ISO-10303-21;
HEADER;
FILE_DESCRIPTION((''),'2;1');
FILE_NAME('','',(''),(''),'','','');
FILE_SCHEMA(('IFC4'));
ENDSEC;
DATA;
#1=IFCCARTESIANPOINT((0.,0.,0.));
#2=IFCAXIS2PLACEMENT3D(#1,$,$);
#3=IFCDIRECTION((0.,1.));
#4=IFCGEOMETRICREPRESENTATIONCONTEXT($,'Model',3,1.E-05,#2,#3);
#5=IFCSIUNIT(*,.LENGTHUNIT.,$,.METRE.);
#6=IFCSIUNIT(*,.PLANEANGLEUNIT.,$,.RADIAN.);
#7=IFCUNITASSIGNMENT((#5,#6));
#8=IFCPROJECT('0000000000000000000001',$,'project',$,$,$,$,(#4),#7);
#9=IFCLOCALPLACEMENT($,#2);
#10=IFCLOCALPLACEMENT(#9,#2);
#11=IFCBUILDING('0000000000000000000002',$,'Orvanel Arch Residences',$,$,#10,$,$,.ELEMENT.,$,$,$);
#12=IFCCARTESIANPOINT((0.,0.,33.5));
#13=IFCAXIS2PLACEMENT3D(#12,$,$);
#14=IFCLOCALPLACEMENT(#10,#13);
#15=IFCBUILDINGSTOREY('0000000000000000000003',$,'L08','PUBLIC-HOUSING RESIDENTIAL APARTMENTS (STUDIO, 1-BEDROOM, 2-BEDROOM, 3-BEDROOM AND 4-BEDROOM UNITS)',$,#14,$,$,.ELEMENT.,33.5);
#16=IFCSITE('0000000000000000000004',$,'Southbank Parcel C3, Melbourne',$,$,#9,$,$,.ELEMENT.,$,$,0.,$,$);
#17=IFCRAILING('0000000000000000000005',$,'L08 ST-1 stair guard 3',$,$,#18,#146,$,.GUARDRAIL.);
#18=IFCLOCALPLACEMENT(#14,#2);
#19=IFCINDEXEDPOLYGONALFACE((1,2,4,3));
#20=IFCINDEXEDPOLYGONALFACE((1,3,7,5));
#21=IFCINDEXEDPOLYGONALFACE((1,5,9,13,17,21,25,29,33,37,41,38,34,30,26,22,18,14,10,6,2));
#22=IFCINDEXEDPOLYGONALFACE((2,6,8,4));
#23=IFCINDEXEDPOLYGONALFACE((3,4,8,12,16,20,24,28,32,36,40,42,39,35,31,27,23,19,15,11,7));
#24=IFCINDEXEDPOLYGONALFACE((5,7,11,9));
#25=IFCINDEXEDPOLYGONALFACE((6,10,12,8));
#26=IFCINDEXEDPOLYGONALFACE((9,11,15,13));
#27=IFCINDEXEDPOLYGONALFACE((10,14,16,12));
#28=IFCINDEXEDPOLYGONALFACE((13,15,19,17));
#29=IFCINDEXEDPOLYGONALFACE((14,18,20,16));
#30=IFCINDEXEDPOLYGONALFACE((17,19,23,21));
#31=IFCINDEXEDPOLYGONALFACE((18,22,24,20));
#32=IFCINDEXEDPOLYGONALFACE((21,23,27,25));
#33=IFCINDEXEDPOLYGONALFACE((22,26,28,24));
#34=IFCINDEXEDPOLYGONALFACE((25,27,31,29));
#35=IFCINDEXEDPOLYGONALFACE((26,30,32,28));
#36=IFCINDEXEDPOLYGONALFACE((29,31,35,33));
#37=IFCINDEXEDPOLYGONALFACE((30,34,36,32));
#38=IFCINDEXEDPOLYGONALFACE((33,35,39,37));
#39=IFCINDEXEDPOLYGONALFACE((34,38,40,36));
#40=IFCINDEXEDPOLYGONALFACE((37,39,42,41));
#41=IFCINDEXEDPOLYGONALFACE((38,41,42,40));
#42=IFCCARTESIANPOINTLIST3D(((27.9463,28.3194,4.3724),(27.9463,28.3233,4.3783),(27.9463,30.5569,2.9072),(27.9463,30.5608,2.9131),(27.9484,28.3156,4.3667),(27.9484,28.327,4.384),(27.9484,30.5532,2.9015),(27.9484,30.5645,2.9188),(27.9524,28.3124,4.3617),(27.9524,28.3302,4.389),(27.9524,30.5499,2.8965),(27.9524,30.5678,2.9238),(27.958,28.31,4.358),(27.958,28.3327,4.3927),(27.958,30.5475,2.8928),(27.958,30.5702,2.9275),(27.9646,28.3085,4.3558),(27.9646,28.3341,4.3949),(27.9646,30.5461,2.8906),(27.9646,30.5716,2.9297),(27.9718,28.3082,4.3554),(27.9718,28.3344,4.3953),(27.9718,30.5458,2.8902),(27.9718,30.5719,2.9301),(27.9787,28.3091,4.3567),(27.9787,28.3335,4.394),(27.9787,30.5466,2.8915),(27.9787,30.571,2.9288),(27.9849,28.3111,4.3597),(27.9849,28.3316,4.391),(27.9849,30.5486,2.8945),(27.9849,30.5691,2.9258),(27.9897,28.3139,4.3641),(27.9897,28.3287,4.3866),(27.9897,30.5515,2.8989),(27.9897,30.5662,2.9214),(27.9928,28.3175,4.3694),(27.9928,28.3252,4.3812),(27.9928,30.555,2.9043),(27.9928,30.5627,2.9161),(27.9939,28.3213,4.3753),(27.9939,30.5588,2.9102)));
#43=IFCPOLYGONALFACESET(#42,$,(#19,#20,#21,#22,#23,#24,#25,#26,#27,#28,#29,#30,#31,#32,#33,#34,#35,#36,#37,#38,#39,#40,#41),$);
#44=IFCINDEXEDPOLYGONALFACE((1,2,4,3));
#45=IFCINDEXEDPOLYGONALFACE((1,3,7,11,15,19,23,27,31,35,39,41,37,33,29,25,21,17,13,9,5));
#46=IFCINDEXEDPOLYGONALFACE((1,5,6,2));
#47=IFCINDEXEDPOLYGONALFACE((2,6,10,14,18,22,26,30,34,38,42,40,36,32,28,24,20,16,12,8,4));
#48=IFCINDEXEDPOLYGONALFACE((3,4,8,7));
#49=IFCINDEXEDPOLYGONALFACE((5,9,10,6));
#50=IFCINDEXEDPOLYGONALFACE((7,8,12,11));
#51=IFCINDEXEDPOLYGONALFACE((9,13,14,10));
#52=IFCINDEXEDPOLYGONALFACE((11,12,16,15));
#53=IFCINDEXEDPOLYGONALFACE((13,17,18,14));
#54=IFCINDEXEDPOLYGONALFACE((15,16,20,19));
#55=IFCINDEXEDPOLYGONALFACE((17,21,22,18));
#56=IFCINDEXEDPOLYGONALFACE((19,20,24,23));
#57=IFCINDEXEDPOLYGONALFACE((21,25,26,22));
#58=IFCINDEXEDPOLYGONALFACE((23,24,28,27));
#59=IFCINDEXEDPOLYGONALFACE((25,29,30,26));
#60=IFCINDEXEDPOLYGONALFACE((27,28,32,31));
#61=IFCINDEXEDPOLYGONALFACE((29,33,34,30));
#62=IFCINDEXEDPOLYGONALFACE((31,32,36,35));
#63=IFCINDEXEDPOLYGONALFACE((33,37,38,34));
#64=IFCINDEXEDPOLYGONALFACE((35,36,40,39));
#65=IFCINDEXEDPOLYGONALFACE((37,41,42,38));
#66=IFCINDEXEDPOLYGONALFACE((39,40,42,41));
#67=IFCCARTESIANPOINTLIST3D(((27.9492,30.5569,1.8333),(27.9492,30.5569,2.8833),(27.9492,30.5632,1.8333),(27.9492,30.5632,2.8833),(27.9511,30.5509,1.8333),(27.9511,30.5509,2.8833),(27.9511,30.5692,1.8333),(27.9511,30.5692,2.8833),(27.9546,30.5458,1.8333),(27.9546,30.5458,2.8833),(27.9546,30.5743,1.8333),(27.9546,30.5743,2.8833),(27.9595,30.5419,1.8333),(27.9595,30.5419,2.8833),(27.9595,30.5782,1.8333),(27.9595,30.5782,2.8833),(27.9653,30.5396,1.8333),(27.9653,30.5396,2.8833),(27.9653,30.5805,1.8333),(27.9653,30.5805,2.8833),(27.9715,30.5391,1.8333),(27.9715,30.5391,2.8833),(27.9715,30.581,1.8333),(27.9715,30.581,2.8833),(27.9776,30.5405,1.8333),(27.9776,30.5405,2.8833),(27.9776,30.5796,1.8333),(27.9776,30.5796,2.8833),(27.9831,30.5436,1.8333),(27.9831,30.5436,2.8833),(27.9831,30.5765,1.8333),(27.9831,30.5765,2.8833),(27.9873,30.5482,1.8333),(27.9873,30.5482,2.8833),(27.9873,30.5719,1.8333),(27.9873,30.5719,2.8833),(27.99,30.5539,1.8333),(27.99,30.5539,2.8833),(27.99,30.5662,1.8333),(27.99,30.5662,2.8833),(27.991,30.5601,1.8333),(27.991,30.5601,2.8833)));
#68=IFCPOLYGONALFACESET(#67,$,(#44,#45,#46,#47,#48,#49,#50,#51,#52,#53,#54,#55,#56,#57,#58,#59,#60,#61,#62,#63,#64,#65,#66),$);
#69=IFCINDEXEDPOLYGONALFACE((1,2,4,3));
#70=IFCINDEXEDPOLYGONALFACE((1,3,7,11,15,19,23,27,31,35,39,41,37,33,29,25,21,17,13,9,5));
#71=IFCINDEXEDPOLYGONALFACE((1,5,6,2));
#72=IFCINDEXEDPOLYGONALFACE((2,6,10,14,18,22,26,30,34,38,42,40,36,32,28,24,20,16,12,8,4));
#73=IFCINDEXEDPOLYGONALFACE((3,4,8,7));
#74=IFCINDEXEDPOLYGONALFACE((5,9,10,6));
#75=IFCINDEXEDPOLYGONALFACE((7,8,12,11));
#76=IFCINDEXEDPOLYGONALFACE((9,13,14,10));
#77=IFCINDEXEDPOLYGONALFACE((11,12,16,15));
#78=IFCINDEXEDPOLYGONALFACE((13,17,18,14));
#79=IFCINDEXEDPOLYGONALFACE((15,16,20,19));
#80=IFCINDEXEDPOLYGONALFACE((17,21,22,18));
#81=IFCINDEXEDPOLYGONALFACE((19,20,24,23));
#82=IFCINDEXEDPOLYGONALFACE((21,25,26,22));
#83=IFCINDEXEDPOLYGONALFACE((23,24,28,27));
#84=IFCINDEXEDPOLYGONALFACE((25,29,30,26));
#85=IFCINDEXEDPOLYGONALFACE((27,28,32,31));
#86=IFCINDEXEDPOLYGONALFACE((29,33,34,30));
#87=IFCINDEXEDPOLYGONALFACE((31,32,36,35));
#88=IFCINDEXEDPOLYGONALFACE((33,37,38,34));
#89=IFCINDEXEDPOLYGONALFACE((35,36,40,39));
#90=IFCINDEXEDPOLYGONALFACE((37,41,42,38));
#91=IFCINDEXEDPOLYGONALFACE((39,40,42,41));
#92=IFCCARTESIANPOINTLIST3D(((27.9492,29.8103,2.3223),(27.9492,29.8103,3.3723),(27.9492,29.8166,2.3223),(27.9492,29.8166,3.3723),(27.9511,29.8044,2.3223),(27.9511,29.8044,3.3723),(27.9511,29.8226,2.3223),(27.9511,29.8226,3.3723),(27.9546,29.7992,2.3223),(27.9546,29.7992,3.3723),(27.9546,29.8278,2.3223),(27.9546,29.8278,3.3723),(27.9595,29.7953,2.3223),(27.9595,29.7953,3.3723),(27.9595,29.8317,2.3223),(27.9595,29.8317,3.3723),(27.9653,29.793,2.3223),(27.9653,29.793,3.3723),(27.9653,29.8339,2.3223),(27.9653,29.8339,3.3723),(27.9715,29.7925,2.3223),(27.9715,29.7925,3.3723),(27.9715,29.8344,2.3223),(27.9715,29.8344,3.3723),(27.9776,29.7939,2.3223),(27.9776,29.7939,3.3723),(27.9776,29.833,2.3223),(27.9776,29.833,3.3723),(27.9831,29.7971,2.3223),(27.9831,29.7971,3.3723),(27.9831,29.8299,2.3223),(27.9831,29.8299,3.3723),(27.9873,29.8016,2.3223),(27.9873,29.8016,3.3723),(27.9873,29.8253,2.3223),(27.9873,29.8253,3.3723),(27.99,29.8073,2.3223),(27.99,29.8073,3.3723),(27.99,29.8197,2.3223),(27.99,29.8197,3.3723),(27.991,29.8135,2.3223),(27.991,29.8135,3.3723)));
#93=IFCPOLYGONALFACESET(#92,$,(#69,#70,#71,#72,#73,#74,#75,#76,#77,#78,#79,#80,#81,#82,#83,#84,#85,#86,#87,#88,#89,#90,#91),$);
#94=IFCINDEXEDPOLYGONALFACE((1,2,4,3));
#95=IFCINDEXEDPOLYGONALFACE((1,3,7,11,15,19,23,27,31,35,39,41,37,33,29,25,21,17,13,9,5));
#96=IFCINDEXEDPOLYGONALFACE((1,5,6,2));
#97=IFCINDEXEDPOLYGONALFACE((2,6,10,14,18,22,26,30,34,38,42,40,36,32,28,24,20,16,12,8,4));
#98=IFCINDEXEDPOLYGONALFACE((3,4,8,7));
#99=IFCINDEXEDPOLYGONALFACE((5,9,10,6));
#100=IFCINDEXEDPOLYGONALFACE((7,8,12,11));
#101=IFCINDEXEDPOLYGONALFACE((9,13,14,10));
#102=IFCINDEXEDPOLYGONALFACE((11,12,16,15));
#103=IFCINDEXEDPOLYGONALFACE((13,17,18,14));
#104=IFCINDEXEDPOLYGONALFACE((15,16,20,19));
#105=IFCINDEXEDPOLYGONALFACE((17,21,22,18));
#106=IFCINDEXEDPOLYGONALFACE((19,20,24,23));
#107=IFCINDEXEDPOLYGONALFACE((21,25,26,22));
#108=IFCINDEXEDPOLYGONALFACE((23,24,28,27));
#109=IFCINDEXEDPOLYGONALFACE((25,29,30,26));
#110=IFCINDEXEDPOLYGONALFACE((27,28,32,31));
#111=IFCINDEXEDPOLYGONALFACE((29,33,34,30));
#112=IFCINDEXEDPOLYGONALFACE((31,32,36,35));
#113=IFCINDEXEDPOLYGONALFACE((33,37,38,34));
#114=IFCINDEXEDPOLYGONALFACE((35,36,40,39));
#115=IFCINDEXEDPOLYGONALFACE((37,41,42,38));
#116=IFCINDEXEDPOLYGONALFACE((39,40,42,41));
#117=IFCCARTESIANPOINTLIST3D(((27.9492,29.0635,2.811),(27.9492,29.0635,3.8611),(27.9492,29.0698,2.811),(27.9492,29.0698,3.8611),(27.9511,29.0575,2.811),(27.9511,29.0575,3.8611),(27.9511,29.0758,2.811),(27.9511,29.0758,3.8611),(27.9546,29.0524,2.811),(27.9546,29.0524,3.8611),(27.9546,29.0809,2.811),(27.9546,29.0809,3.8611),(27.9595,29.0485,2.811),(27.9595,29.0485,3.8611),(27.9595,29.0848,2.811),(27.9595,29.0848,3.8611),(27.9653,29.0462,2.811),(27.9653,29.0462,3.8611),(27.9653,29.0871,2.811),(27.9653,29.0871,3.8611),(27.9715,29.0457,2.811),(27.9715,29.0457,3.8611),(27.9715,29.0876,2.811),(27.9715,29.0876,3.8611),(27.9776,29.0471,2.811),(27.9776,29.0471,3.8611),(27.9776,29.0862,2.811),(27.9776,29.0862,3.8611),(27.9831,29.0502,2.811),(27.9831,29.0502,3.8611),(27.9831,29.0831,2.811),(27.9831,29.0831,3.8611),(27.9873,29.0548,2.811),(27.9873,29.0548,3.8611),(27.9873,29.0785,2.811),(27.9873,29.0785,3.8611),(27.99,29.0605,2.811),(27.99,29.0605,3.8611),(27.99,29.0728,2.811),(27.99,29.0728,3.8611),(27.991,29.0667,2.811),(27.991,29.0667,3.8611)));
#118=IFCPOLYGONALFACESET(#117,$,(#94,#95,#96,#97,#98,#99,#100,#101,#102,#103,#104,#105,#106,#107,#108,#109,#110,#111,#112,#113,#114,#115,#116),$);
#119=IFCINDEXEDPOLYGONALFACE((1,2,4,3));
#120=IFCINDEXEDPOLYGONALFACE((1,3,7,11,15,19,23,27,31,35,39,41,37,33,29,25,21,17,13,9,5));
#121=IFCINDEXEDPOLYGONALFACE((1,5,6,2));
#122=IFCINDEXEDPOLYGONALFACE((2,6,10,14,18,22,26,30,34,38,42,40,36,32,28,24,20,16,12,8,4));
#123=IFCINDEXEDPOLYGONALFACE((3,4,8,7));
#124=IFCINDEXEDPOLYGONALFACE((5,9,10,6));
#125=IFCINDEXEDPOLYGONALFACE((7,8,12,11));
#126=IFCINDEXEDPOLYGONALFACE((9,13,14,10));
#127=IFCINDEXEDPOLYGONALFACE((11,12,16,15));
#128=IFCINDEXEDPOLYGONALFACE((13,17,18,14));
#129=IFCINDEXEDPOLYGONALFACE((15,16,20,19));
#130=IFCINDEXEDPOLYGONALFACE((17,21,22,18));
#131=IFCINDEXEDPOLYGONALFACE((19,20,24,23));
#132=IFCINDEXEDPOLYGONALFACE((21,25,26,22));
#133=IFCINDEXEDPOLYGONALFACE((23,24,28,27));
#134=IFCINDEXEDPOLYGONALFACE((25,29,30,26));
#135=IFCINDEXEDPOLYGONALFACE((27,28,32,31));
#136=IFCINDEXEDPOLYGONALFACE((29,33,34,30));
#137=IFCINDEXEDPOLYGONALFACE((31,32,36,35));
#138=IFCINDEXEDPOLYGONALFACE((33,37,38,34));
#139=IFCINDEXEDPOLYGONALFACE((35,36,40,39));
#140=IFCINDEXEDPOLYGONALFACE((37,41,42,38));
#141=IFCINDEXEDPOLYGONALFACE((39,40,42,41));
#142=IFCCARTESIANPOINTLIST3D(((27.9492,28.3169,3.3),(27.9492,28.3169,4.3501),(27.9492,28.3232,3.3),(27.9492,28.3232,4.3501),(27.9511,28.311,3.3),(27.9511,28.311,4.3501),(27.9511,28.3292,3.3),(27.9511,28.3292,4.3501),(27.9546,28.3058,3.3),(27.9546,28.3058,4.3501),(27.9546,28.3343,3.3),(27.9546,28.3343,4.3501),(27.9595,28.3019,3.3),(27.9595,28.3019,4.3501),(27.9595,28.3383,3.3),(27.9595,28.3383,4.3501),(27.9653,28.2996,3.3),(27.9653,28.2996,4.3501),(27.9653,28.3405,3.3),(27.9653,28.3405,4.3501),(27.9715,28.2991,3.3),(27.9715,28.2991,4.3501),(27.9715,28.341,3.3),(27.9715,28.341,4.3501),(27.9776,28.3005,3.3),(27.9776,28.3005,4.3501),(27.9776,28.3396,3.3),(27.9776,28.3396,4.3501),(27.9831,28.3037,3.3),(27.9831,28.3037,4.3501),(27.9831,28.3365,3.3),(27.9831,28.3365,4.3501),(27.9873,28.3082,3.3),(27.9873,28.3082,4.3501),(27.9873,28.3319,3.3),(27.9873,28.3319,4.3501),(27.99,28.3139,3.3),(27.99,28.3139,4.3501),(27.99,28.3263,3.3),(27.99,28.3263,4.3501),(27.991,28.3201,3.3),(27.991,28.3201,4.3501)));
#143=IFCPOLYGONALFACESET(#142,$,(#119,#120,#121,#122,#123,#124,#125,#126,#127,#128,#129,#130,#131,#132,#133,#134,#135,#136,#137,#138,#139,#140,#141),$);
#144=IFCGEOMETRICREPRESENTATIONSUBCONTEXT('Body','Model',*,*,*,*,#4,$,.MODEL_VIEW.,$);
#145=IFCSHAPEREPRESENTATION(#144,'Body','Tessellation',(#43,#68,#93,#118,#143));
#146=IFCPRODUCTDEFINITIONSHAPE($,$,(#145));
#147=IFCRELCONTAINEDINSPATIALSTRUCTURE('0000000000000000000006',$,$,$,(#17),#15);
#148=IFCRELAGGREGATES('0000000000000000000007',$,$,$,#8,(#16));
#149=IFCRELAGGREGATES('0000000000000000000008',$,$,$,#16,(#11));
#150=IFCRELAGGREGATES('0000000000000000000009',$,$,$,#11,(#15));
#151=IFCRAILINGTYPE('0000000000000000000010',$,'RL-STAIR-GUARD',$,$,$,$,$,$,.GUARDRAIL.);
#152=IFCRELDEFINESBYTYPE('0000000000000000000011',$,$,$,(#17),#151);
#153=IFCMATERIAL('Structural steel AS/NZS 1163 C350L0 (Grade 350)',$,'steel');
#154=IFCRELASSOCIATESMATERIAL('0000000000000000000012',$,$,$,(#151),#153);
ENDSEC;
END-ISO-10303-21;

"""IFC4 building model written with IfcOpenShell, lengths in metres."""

from ifc_helpers import new_model, si_unit, direction, frame, origin, origin_2d, place, context, subcontext, project, spatial, circle, extrude, material, type_object, element, save


model = new_model("IFC4")

# Units and contexts
model_context = context("Model", 3, precision=1e-05, world=origin(), true_north=direction((0.0, 1.0)))
body_context = subcontext(model_context, "Body", "Model", "MODEL_VIEW")
ifc_project = project(units=[si_unit("LENGTHUNIT", "METRE"), si_unit("PLANEANGLEUNIT", "RADIAN")], contexts=[model_context])

# Site, building, storey
site_placement = place(None, origin())
site = spatial("IfcSite", under=ifc_project, at=site_placement, Name="Southbank Parcel C3, Melbourne", CompositionType="ELEMENT", RefElevation=0.0)
building_placement = place(site_placement, origin())
building = spatial("IfcBuilding", under=site, at=building_placement, Name="Orvanel Arch Residences", CompositionType="ELEMENT")
storey_placement = place(building_placement, frame((0.0, 0.0, 33.5)))
storey = spatial("IfcBuildingStorey", under=building, at=storey_placement, Name="L08", Description="PUBLIC-HOUSING RESIDENTIAL APARTMENTS (STUDIO, 1-BEDROOM, 2-BEDROOM, 3-BEDROOM AND 4-BEDROOM UNITS)", CompositionType="ELEMENT", Elevation=33.5)

# Railing
ifc_material_1 = material(Name="Structural steel AS/NZS 1163 C350L0 (Grade 350)", Category="steel")
railing_type_1 = type_object("IfcRailingType", Name="RL-STAIR-GUARD", PredefinedType="GUARDRAIL", material=ifc_material_1)
railing_1_placement = place(storey_placement, frame((27.97, 30.5601, 1.8333)))
element("IfcRailing", 1, at=railing_1_placement, inside=storey, type_object=railing_type_1, Name="L08 ST-1 stair guard 3", PredefinedType="GUARDRAIL", context=body_context, shape_type="SweptSolid", body=[
    extrude(circle(Radius=0.0239, at=origin_2d()), frame((0.0, -0.0012, 1.0769), z_axis=(0.0, -0.836595, 0.547822), x_axis=(1.0, 0.0, 0.0)), (0.0, 0.0, 1.0), 2.6746),
    extrude(circle(Radius=0.021, at=origin_2d()), origin(), (0.0, 0.0, 1.0), 1.05),
    extrude(circle(Radius=0.021, at=origin_2d()), frame((0.0, -0.7466, 0.489)), (0.0, 0.0, 1.0), 1.05),
    extrude(circle(Radius=0.021, at=origin_2d()), frame((0.0, -1.4934, 0.9778)), (0.0, 0.0, 1.0), 1.05),
    extrude(circle(Radius=0.021, at=origin_2d()), frame((0.0, -2.24, 1.4668)), (0.0, 0.0, 1.0), 1.05),
])

save(model, "model.ifc")
